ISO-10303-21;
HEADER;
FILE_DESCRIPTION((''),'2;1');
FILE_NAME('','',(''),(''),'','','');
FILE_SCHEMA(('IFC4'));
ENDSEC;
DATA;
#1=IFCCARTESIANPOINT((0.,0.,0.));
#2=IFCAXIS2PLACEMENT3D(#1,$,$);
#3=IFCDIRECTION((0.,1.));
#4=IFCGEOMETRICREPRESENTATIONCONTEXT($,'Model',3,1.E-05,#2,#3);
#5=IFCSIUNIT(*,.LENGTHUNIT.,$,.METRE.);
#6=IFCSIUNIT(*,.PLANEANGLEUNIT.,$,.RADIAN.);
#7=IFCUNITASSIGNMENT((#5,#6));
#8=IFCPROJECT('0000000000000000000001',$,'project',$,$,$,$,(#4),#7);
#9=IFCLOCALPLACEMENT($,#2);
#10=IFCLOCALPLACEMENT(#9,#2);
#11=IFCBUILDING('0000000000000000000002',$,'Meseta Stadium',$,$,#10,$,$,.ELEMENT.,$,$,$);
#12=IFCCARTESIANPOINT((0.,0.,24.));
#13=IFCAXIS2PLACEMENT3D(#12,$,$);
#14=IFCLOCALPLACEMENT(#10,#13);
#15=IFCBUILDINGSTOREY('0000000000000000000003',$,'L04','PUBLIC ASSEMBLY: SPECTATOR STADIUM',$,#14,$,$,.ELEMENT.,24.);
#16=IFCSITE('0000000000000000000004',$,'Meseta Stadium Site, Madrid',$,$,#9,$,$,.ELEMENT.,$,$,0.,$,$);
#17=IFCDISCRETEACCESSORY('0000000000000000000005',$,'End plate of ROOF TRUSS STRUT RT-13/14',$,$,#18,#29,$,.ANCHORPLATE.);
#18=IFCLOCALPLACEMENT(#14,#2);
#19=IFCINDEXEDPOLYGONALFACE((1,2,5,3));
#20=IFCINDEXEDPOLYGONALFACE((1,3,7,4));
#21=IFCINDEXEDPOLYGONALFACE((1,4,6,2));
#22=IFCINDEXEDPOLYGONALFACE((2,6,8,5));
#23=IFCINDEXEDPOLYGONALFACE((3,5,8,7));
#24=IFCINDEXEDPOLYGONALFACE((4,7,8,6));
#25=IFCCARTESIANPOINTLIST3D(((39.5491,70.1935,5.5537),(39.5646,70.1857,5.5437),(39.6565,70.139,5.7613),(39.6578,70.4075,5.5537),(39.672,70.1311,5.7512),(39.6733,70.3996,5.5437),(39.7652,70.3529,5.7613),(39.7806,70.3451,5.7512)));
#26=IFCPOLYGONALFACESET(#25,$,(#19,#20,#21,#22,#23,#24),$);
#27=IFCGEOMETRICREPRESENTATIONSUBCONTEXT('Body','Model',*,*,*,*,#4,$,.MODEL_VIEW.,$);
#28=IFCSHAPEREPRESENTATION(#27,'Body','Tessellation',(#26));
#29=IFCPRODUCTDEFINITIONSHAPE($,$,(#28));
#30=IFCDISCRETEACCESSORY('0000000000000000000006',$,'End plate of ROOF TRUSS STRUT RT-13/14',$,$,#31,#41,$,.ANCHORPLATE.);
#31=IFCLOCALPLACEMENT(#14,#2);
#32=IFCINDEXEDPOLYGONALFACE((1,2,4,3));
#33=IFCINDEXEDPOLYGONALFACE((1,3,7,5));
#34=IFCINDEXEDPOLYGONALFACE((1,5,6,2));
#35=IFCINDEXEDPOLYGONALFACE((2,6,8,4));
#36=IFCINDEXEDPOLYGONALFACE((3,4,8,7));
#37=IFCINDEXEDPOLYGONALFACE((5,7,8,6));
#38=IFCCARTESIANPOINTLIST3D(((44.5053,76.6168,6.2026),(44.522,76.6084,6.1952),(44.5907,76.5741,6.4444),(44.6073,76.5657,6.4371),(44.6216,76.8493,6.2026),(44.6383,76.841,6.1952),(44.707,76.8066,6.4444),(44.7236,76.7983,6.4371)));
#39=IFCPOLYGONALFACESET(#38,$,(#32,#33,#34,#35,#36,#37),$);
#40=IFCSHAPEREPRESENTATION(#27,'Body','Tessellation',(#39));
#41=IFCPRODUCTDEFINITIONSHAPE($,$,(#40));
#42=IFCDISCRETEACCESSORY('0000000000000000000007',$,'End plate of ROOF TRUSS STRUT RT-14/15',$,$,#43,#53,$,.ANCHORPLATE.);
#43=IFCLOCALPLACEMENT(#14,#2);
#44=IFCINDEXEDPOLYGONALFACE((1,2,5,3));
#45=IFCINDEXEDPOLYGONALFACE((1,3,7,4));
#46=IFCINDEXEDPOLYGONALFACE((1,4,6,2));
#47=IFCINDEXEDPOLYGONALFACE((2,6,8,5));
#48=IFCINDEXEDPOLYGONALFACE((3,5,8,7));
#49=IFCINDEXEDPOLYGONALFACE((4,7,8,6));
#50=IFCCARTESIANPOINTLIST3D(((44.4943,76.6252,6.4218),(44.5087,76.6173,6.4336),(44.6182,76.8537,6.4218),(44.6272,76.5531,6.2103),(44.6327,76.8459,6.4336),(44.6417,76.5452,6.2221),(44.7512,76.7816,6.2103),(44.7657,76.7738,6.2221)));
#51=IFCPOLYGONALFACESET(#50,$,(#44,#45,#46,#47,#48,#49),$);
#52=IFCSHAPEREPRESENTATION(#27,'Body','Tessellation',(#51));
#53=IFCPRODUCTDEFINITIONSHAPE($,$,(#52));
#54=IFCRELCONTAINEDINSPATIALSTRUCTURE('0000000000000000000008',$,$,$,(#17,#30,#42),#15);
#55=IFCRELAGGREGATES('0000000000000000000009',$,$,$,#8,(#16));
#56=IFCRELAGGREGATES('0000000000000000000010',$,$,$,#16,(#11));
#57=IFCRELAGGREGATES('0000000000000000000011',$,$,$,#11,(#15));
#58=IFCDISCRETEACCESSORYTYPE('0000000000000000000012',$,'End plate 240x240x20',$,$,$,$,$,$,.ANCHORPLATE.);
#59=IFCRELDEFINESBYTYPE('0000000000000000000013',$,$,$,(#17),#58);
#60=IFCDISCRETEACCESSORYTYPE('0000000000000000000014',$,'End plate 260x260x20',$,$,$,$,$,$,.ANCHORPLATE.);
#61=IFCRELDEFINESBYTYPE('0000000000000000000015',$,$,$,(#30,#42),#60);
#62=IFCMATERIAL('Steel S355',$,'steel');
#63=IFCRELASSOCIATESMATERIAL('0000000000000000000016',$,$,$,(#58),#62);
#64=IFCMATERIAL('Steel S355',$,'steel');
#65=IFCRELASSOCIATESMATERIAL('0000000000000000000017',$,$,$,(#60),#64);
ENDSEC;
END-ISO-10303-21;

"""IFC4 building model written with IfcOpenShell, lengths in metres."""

from ifc_helpers import new_model, si_unit, direction, frame, origin, origin_2d, place, context, subcontext, project, spatial, rectangle, extrude, material, material_profile, profile_set, type_object, element, save


model = new_model("IFC4")

# Units and contexts
model_context = context("Model", 3, precision=1e-05, world=origin(), true_north=direction((0.0, 1.0)))
body_context = subcontext(model_context, "Body", "Model", "MODEL_VIEW")
ifc_project = project(units=[si_unit("LENGTHUNIT", "METRE"), si_unit("PLANEANGLEUNIT", "RADIAN")], contexts=[model_context])

# Site, building, storey
site_placement = place(None, origin())
site = spatial("IfcSite", under=ifc_project, at=site_placement, Name="Meseta Stadium Site, Madrid", CompositionType="ELEMENT", RefElevation=0.0)
building_placement = place(site_placement, origin())
building = spatial("IfcBuilding", under=site, at=building_placement, Name="Meseta Stadium", CompositionType="ELEMENT")
storey_placement = place(building_placement, frame((0.0, 0.0, 24.0)))
storey = spatial("IfcBuildingStorey", under=building, at=storey_placement, Name="L04", Description="PUBLIC ASSEMBLY: SPECTATOR STADIUM", CompositionType="ELEMENT", Elevation=24.0)

# Discrete accessories
ifc_material_1 = material(Name="Steel S355", Category="steel")
ifc_material_profile_1 = material_profile(ifc_material_1, rectangle(XDim=0.24, YDim=0.24, at=origin_2d()), Name="PL 240x240")
ifc_profile_set_1 = profile_set([ifc_material_profile_1], Name="Steel S355")
discrete_accessory_type_1 = type_object("IfcDiscreteAccessoryType", Name="End plate 240x240x20", PredefinedType="ANCHORPLATE", material=ifc_profile_set_1)
discrete_accessory_1_placement = place(storey_placement, frame((39.6726, 70.2654, 5.6475), z_axis=(-0.771165, 0.391703, 0.501869), x_axis=(-0.452865, -0.891579, 0.0)))
element("IfcDiscreteAccessory", 1, at=discrete_accessory_1_placement, inside=storey, type_object=discrete_accessory_type_1, Name="End plate of ROOF TRUSS STRUT RT-13/14", PredefinedType="ANCHORPLATE", context=body_context, shape_type="SweptSolid", body=[
    extrude(rectangle(XDim=0.24, YDim=0.24, at=origin_2d()), origin(), (0.0, 0.0, 1.0), 0.02),
])
ifc_material_2 = material(Name="Steel S355", Category="steel")
ifc_material_profile_2 = material_profile(ifc_material_2, rectangle(XDim=0.26, YDim=0.26, at=origin_2d()), Name="PL 260x260")
ifc_profile_set_2 = profile_set([ifc_material_profile_2], Name="Steel S355")
discrete_accessory_type_2 = type_object("IfcDiscreteAccessoryType", Name="End plate 260x260x20", PredefinedType="ANCHORPLATE", material=ifc_profile_set_2)
discrete_accessory_2_placement = place(storey_placement, frame((44.6228, 76.7034, 6.3162), z_axis=(-0.831995, 0.415997, 0.367057), x_axis=(-0.447214, -0.894427, 0.0)))
element("IfcDiscreteAccessory", 2, at=discrete_accessory_2_placement, inside=storey, type_object=discrete_accessory_type_2, Name="End plate of ROOF TRUSS STRUT RT-13/14", PredefinedType="ANCHORPLATE", context=body_context, shape_type="SweptSolid", body=[
    extrude(rectangle(XDim=0.26, YDim=0.26, at=origin_2d()), origin(), (0.0, 0.0, 1.0), 0.02),
])
discrete_accessory_3_placement = place(storey_placement, frame((44.6372, 76.6956, 6.3279), z_axis=(-0.715007, 0.3878, -0.581701), x_axis=(-0.476763, -0.879032, 0.0)))
element("IfcDiscreteAccessory", 3, at=discrete_accessory_3_placement, inside=storey, type_object=discrete_accessory_type_2, Name="End plate of ROOF TRUSS STRUT RT-14/15", PredefinedType="ANCHORPLATE", context=body_context, shape_type="SweptSolid", body=[
    extrude(rectangle(XDim=0.26, YDim=0.26, at=origin_2d()), origin(), (0.0, 0.0, 1.0), 0.0203),
])

save(model, "model.ifc")
